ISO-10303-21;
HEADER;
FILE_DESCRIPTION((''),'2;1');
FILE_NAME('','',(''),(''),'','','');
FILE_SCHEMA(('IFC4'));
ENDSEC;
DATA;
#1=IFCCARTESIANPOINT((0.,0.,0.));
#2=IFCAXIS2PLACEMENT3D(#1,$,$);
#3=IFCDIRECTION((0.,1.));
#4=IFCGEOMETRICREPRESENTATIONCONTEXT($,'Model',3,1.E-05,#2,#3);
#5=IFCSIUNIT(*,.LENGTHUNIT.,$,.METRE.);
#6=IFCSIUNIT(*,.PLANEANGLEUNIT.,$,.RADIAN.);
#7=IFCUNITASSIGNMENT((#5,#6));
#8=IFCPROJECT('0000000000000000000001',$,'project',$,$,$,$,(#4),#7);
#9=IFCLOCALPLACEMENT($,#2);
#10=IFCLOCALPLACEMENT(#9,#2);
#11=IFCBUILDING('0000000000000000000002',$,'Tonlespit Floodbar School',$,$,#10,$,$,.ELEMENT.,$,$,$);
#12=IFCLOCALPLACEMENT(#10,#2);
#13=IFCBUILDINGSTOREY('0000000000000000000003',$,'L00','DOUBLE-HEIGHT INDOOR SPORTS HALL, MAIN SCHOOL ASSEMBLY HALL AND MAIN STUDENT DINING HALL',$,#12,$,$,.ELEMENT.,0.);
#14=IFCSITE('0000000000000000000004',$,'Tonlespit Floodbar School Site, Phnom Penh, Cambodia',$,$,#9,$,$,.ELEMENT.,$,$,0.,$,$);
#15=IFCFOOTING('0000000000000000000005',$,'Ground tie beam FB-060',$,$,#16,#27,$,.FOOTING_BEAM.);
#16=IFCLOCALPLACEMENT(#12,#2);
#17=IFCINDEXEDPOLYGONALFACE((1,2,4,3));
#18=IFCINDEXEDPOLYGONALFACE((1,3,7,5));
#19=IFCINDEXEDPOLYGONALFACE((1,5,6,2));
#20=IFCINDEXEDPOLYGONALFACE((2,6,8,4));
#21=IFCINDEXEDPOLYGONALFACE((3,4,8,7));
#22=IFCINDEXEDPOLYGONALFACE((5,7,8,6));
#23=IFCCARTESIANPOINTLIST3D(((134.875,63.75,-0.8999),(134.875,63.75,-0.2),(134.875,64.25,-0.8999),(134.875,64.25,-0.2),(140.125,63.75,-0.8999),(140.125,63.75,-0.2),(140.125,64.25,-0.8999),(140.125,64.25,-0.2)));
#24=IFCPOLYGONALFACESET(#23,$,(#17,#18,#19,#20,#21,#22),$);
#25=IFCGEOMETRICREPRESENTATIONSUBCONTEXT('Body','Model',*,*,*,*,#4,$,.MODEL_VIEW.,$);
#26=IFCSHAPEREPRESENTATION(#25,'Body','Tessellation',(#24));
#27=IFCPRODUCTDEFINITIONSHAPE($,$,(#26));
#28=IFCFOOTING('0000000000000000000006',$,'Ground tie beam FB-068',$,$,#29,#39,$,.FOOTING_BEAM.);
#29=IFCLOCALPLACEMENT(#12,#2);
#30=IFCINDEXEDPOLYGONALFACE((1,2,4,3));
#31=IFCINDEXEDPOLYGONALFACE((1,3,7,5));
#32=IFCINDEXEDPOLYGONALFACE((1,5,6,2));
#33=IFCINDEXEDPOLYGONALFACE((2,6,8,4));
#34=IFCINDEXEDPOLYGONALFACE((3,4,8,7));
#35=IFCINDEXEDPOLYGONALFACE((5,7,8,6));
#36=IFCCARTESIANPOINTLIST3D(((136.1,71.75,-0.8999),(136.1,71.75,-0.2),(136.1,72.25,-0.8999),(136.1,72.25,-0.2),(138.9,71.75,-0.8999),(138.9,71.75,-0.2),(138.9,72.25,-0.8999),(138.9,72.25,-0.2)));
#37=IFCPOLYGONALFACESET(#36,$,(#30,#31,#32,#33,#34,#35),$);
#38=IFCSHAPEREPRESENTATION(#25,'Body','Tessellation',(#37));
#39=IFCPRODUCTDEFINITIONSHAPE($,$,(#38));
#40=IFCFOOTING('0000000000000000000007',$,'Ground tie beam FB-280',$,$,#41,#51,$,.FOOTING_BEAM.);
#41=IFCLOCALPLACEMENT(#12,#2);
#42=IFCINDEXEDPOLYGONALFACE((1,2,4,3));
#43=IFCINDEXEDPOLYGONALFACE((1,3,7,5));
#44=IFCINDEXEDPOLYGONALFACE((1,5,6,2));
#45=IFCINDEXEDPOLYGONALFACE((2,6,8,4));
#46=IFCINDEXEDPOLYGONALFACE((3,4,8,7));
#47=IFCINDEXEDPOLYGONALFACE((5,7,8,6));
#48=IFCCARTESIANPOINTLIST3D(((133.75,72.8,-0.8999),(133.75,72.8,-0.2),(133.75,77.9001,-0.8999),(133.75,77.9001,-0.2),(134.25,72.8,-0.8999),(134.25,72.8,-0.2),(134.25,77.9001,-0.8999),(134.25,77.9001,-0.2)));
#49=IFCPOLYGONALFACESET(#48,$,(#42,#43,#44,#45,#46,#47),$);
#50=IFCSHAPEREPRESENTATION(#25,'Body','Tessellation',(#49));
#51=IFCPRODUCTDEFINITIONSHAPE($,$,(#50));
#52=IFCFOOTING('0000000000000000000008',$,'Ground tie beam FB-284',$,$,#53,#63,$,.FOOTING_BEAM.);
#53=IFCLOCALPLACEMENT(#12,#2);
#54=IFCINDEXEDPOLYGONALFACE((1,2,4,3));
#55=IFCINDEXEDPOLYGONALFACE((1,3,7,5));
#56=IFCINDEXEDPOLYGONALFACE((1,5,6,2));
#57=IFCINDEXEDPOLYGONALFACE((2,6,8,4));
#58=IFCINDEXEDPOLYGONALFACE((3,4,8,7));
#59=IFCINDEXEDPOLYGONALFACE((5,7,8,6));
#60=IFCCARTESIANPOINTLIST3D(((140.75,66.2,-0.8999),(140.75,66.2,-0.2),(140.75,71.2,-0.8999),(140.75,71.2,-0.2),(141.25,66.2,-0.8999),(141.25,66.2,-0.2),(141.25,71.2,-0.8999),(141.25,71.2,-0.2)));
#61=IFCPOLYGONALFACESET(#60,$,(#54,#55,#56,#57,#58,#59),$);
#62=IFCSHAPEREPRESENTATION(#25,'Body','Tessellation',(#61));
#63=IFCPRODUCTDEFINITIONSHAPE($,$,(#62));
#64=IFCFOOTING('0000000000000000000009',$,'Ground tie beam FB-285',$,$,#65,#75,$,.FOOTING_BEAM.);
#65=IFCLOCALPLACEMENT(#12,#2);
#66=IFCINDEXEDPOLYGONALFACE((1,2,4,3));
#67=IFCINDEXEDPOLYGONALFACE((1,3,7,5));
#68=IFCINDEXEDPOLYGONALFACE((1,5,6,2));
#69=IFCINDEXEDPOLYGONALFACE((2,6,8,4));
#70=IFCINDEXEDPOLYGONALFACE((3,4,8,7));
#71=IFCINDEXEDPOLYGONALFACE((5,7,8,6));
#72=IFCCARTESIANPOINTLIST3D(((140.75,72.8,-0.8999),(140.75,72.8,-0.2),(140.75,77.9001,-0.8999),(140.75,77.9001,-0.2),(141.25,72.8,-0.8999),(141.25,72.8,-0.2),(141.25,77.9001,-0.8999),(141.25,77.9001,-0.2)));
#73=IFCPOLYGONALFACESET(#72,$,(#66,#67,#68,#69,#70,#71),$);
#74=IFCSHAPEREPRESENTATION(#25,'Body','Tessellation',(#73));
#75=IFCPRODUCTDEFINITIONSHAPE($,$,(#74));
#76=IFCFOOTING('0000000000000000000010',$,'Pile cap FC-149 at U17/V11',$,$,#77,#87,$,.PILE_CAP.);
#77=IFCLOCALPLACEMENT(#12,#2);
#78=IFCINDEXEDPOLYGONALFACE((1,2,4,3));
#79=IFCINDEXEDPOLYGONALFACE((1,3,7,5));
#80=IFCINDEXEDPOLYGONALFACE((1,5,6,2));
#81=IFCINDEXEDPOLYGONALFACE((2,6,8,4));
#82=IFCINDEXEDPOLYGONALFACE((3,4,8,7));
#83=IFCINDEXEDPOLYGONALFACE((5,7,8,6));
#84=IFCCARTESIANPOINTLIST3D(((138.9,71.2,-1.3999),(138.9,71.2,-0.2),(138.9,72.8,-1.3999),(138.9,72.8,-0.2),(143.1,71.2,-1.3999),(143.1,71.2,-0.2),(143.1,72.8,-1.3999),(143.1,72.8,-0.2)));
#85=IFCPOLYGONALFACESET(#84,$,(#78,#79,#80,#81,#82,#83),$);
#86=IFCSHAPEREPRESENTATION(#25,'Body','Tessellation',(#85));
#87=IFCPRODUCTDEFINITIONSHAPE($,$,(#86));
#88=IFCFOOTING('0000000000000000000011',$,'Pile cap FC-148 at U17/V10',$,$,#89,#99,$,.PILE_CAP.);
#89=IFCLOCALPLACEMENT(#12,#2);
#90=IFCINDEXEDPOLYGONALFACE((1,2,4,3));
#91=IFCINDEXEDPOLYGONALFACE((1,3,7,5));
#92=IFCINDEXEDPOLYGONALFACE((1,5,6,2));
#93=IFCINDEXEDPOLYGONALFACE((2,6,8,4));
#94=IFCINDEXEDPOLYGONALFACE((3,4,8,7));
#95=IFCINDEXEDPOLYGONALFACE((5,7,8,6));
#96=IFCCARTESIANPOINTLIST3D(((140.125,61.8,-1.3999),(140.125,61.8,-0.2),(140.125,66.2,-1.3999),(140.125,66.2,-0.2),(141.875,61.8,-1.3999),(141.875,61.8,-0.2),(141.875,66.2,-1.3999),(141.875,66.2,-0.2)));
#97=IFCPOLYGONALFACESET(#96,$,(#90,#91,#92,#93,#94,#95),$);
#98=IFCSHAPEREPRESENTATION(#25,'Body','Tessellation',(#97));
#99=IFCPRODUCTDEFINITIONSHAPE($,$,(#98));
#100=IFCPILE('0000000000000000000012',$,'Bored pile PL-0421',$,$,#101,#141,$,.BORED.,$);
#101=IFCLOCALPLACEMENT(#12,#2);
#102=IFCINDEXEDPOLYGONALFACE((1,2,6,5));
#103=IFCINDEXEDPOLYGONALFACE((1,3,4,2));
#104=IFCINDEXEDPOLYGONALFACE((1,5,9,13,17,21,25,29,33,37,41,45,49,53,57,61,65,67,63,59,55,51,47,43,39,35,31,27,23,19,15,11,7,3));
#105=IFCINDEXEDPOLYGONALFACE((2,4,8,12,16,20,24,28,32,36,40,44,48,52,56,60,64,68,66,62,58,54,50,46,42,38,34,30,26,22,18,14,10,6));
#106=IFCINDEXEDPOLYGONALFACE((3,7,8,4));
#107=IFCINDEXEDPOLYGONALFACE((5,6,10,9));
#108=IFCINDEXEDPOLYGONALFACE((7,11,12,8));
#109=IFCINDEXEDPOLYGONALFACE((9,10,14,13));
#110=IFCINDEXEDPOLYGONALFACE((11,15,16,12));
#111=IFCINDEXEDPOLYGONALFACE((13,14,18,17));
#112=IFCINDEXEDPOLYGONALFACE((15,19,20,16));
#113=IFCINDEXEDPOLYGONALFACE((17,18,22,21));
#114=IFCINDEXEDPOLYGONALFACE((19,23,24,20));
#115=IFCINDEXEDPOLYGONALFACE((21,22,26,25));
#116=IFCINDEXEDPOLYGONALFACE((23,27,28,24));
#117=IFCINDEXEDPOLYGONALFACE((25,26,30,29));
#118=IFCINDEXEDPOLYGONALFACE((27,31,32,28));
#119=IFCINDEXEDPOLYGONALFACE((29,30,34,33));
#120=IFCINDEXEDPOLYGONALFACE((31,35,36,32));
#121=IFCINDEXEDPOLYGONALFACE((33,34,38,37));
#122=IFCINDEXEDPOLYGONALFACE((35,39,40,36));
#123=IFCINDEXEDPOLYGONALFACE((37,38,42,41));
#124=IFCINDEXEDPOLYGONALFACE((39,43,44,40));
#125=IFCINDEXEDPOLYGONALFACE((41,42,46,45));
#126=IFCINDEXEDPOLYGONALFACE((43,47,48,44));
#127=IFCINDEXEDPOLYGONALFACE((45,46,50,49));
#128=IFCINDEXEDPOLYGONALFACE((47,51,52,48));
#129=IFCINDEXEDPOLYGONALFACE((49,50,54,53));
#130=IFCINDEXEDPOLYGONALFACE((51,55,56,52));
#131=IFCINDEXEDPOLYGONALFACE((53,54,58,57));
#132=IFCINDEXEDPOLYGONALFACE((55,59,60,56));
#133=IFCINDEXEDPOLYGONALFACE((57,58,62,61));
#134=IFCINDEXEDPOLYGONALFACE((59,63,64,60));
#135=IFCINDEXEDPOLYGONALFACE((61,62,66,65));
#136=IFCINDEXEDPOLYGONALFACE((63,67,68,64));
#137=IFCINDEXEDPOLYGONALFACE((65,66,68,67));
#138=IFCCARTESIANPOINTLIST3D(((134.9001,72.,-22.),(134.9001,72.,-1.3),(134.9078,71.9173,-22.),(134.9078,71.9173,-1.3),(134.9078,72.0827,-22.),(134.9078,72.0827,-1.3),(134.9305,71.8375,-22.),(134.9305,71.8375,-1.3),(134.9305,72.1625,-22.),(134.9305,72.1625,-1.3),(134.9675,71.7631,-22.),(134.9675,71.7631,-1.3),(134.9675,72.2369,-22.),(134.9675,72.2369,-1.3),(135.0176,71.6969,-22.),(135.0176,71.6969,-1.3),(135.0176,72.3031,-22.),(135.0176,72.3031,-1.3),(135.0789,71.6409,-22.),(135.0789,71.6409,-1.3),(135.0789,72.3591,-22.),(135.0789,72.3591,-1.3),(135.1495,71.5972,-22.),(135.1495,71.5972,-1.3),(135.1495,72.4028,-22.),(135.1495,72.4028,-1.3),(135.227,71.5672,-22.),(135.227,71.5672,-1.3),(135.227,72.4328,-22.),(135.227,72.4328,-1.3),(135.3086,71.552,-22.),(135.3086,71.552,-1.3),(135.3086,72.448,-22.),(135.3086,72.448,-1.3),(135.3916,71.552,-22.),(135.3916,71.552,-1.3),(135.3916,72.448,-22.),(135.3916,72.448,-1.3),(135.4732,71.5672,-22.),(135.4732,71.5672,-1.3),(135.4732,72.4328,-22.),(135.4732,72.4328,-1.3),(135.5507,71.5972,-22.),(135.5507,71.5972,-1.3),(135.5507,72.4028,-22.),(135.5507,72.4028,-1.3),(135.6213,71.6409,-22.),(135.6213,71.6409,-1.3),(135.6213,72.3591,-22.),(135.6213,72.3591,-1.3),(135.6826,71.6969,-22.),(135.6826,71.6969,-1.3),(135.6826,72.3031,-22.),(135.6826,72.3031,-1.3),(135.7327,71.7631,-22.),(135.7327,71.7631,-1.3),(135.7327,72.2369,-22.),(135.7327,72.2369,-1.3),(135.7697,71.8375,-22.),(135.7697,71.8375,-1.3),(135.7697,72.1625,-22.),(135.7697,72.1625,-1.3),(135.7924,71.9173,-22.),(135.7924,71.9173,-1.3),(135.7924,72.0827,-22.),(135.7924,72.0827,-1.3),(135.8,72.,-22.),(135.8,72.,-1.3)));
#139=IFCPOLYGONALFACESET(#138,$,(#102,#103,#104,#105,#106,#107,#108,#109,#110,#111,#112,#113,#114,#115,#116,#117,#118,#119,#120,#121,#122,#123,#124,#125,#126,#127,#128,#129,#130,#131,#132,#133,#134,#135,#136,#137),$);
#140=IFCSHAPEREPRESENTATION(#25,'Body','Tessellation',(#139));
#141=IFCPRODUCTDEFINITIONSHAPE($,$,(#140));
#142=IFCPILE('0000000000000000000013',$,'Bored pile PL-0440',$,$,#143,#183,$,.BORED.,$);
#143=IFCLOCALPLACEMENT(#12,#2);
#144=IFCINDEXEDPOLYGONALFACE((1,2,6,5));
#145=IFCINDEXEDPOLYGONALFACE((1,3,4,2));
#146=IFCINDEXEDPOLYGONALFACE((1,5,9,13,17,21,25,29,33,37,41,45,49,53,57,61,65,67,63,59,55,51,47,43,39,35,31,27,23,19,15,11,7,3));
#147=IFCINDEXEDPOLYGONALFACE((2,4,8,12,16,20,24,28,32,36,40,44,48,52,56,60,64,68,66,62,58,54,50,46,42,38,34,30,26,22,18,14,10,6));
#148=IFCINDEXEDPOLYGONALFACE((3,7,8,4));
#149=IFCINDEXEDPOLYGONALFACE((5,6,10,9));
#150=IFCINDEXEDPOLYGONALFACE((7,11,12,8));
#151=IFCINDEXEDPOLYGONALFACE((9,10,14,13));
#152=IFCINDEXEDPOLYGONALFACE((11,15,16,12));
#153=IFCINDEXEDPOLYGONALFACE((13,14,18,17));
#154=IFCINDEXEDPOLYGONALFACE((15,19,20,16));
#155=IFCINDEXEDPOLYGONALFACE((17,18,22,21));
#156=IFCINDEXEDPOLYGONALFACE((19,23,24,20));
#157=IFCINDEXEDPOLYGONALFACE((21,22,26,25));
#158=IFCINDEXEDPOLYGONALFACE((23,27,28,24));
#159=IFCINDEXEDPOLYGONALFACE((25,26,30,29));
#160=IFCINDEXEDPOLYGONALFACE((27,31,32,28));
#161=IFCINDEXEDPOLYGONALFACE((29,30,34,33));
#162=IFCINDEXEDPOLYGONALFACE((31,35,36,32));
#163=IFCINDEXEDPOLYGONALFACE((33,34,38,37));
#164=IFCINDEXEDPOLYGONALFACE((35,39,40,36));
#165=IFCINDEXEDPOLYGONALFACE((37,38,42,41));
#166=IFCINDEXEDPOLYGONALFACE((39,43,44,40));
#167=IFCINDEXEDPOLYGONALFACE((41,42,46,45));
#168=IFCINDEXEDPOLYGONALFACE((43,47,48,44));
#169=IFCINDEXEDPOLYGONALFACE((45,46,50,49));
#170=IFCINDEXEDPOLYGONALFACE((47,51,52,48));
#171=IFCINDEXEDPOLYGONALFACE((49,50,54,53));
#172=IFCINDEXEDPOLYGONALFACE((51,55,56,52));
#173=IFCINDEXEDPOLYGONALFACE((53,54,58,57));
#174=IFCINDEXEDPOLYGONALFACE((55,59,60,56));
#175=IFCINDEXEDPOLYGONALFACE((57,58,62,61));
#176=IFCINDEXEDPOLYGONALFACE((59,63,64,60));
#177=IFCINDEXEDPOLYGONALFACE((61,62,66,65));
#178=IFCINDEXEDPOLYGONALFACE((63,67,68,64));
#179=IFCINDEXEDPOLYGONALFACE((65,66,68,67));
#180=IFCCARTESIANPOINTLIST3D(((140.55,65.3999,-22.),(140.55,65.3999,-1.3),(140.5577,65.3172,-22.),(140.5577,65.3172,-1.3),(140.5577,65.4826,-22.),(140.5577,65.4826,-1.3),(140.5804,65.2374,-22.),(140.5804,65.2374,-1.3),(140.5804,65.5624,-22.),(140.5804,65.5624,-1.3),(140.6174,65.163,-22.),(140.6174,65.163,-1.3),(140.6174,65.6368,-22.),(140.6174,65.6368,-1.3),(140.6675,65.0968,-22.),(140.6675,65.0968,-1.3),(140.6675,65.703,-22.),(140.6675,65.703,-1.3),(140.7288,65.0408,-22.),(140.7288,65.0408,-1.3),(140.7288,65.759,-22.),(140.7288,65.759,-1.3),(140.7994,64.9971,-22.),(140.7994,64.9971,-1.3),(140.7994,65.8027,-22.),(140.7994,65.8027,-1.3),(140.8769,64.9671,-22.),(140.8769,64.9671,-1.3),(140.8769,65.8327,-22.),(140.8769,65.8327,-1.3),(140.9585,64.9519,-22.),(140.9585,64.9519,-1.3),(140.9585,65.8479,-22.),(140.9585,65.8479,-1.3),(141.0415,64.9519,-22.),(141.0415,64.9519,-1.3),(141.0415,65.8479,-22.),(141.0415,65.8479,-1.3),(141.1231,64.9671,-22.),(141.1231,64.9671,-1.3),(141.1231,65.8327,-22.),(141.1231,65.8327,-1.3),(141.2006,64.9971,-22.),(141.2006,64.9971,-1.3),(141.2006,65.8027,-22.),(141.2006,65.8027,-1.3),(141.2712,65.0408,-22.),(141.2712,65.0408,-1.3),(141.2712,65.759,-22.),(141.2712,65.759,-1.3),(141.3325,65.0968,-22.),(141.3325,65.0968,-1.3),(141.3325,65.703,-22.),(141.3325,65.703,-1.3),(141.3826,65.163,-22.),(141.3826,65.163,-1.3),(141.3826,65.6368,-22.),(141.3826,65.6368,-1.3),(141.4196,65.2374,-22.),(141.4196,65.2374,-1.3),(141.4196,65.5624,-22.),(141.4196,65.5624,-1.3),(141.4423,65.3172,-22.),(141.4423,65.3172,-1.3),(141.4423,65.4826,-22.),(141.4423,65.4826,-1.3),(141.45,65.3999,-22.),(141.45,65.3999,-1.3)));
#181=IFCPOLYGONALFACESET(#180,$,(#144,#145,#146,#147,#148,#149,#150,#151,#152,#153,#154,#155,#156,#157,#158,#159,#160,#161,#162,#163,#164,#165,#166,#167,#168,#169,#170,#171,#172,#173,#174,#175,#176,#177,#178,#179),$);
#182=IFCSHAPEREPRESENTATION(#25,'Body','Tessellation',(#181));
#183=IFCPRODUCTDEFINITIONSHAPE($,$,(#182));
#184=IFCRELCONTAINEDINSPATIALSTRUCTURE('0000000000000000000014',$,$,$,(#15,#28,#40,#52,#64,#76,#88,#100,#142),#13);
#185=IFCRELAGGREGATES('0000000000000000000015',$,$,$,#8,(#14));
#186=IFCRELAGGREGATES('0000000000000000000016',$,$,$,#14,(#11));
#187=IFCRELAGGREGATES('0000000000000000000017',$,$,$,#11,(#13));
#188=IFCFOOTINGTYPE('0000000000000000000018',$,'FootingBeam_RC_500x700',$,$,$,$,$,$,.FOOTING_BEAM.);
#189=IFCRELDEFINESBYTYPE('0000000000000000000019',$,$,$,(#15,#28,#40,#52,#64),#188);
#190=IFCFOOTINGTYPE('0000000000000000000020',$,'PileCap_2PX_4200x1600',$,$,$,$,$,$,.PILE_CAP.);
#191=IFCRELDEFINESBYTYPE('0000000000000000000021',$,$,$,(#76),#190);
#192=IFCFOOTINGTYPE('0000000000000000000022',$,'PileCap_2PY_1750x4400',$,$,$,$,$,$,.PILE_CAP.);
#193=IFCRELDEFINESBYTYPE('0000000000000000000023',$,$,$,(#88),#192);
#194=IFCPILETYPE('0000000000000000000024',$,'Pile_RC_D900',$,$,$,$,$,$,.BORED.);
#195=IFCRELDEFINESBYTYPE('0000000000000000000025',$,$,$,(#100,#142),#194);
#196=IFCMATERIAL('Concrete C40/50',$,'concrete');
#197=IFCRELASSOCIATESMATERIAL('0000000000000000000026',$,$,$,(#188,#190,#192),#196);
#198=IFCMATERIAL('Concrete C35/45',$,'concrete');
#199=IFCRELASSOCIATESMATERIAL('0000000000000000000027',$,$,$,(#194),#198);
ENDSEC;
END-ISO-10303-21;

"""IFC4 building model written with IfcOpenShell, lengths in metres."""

from ifc_helpers import new_model, si_unit, direction, frame, origin, origin_2d, place, context, subcontext, project, spatial, rectangle, circle, extrude, material, material_profile, profile_set, type_object, element, save


model = new_model("IFC4")

# Units and contexts
model_context = context("Model", 3, precision=1e-05, world=origin(), true_north=direction((0.0, 1.0)))
body_context = subcontext(model_context, "Body", "Model", "MODEL_VIEW")
ifc_project = project(units=[si_unit("LENGTHUNIT", "METRE"), si_unit("PLANEANGLEUNIT", "RADIAN")], contexts=[model_context])

# Site, building, storey
site_placement = place(None, origin())
site = spatial("IfcSite", under=ifc_project, at=site_placement, Name="Tonlespit Floodbar School Site, Phnom Penh, Cambodia", CompositionType="ELEMENT", RefElevation=0.0)
building_placement = place(site_placement, origin())
building = spatial("IfcBuilding", under=site, at=building_placement, Name="Tonlespit Floodbar School", CompositionType="ELEMENT")
storey_placement = place(building_placement, origin())
storey = spatial("IfcBuildingStorey", under=building, at=storey_placement, Name="L00", Description="DOUBLE-HEIGHT INDOOR SPORTS HALL, MAIN SCHOOL ASSEMBLY HALL AND MAIN STUDENT DINING HALL", CompositionType="ELEMENT", Elevation=0.0)

# Footings
ifc_material_1 = material(Name="Concrete C40/50", Category="concrete")
footing_type_1 = type_object("IfcFootingType", Name="FootingBeam_RC_500x700", PredefinedType="FOOTING_BEAM", material=ifc_material_1)
footing_1_placement = place(storey_placement, frame((137.5, 64.0, -0.8999), z_axis=(0.0, 0.0, 1.0), x_axis=(1.0, 0.0, 0.0)))
element("IfcFooting", 1, at=footing_1_placement, inside=storey, type_object=footing_type_1, Name="Ground tie beam FB-060", PredefinedType="FOOTING_BEAM", context=body_context, shape_type="SweptSolid", body=[
    extrude(rectangle(XDim=5.25, YDim=0.5, at=origin_2d()), origin(), (0.0, 0.0, 1.0), 0.7),
])
footing_2_placement = place(storey_placement, frame((137.5, 72.0, -0.8999), z_axis=(0.0, 0.0, 1.0), x_axis=(1.0, 0.0, 0.0)))
element("IfcFooting", 2, at=footing_2_placement, inside=storey, type_object=footing_type_1, Name="Ground tie beam FB-068", PredefinedType="FOOTING_BEAM", context=body_context, shape_type="SweptSolid", body=[
    extrude(rectangle(XDim=2.8, YDim=0.5, at=origin_2d()), origin(), (0.0, 0.0, 1.0), 0.7),
])
footing_3_placement = place(storey_placement, frame((134.0, 75.3501, -0.8999), z_axis=(0.0, 0.0, 1.0), x_axis=(0.0, 1.0, 0.0)))
element("IfcFooting", 3, at=footing_3_placement, inside=storey, type_object=footing_type_1, Name="Ground tie beam FB-280", PredefinedType="FOOTING_BEAM", context=body_context, shape_type="SweptSolid", body=[
    extrude(rectangle(XDim=5.1001, YDim=0.5, at=origin_2d()), origin(), (0.0, 0.0, 1.0), 0.7),
])
footing_4_placement = place(storey_placement, frame((141.0, 68.7, -0.8999), z_axis=(0.0, 0.0, 1.0), x_axis=(0.0, 1.0, 0.0)))
element("IfcFooting", 4, at=footing_4_placement, inside=storey, type_object=footing_type_1, Name="Ground tie beam FB-284", PredefinedType="FOOTING_BEAM", context=body_context, shape_type="SweptSolid", body=[
    extrude(rectangle(XDim=5.0, YDim=0.5, at=origin_2d()), origin(), (0.0, 0.0, 1.0), 0.7),
])
footing_5_placement = place(storey_placement, frame((141.0, 75.3501, -0.8999), z_axis=(0.0, 0.0, 1.0), x_axis=(0.0, 1.0, 0.0)))
element("IfcFooting", 5, at=footing_5_placement, inside=storey, type_object=footing_type_1, Name="Ground tie beam FB-285", PredefinedType="FOOTING_BEAM", context=body_context, shape_type="SweptSolid", body=[
    extrude(rectangle(XDim=5.1001, YDim=0.5, at=origin_2d()), origin(), (0.0, 0.0, 1.0), 0.7),
])
footing_type_2 = type_object("IfcFootingType", Name="PileCap_2PX_4200x1600", PredefinedType="PILE_CAP", material=ifc_material_1)
footing_6_placement = place(storey_placement, frame((141.0, 72.0, -1.3999), z_axis=(0.0, 0.0, 1.0), x_axis=(1.0, 0.0, 0.0)))
element("IfcFooting", 6, at=footing_6_placement, inside=storey, type_object=footing_type_2, Name="Pile cap FC-149 at U17/V11", PredefinedType="PILE_CAP", context=body_context, shape_type="SweptSolid", body=[
    extrude(rectangle(XDim=4.2, YDim=1.6001, at=origin_2d()), origin(), (0.0, 0.0, 1.0), 1.2),
])
footing_type_3 = type_object("IfcFootingType", Name="PileCap_2PY_1750x4400", PredefinedType="PILE_CAP", material=ifc_material_1)
footing_7_placement = place(storey_placement, frame((141.0, 64.0, -1.3999), z_axis=(0.0, 0.0, 1.0), x_axis=(1.0, 0.0, 0.0)))
element("IfcFooting", 7, at=footing_7_placement, inside=storey, type_object=footing_type_3, Name="Pile cap FC-148 at U17/V10", PredefinedType="PILE_CAP", context=body_context, shape_type="SweptSolid", body=[
    extrude(rectangle(XDim=1.75, YDim=4.3999, at=origin_2d()), origin(), (0.0, 0.0, 1.0), 1.2),
])

# Piles
ifc_material_2 = material(Name="Concrete C35/45", Category="concrete")
ifc_material_profile_1 = material_profile(ifc_material_2, circle(Radius=0.45, at=origin_2d()), Name="BP D900")
ifc_profile_set_1 = profile_set([ifc_material_profile_1], Name="Concrete C35/45")
pile_type = type_object("IfcPileType", Name="Pile_RC_D900", PredefinedType="BORED", material=ifc_profile_set_1)
for number, where, z_axis, x_axis, name in (
    (8, (135.3501, 72.0, -1.3), (0.0, 0.0, -1.0), (1.0, 0.0, 0.0), "Bored pile PL-0421"),
    (9, (141.0, 65.3999, -1.3), (0.0, 0.0, -1.0), (1.0, 0.0, 0.0), "Bored pile PL-0440"),
):
    element("IfcPile", number, at=place(storey_placement, frame(where, z_axis=z_axis, x_axis=x_axis)), inside=storey, type_object=pile_type, Name=name, PredefinedType="BORED", context=body_context, shape_type="SweptSolid", body=[
        extrude(circle(Radius=0.45, at=origin_2d()), origin(), (0.0, 0.0, 1.0), 20.7),
    ])

save(model, "model.ifc")
